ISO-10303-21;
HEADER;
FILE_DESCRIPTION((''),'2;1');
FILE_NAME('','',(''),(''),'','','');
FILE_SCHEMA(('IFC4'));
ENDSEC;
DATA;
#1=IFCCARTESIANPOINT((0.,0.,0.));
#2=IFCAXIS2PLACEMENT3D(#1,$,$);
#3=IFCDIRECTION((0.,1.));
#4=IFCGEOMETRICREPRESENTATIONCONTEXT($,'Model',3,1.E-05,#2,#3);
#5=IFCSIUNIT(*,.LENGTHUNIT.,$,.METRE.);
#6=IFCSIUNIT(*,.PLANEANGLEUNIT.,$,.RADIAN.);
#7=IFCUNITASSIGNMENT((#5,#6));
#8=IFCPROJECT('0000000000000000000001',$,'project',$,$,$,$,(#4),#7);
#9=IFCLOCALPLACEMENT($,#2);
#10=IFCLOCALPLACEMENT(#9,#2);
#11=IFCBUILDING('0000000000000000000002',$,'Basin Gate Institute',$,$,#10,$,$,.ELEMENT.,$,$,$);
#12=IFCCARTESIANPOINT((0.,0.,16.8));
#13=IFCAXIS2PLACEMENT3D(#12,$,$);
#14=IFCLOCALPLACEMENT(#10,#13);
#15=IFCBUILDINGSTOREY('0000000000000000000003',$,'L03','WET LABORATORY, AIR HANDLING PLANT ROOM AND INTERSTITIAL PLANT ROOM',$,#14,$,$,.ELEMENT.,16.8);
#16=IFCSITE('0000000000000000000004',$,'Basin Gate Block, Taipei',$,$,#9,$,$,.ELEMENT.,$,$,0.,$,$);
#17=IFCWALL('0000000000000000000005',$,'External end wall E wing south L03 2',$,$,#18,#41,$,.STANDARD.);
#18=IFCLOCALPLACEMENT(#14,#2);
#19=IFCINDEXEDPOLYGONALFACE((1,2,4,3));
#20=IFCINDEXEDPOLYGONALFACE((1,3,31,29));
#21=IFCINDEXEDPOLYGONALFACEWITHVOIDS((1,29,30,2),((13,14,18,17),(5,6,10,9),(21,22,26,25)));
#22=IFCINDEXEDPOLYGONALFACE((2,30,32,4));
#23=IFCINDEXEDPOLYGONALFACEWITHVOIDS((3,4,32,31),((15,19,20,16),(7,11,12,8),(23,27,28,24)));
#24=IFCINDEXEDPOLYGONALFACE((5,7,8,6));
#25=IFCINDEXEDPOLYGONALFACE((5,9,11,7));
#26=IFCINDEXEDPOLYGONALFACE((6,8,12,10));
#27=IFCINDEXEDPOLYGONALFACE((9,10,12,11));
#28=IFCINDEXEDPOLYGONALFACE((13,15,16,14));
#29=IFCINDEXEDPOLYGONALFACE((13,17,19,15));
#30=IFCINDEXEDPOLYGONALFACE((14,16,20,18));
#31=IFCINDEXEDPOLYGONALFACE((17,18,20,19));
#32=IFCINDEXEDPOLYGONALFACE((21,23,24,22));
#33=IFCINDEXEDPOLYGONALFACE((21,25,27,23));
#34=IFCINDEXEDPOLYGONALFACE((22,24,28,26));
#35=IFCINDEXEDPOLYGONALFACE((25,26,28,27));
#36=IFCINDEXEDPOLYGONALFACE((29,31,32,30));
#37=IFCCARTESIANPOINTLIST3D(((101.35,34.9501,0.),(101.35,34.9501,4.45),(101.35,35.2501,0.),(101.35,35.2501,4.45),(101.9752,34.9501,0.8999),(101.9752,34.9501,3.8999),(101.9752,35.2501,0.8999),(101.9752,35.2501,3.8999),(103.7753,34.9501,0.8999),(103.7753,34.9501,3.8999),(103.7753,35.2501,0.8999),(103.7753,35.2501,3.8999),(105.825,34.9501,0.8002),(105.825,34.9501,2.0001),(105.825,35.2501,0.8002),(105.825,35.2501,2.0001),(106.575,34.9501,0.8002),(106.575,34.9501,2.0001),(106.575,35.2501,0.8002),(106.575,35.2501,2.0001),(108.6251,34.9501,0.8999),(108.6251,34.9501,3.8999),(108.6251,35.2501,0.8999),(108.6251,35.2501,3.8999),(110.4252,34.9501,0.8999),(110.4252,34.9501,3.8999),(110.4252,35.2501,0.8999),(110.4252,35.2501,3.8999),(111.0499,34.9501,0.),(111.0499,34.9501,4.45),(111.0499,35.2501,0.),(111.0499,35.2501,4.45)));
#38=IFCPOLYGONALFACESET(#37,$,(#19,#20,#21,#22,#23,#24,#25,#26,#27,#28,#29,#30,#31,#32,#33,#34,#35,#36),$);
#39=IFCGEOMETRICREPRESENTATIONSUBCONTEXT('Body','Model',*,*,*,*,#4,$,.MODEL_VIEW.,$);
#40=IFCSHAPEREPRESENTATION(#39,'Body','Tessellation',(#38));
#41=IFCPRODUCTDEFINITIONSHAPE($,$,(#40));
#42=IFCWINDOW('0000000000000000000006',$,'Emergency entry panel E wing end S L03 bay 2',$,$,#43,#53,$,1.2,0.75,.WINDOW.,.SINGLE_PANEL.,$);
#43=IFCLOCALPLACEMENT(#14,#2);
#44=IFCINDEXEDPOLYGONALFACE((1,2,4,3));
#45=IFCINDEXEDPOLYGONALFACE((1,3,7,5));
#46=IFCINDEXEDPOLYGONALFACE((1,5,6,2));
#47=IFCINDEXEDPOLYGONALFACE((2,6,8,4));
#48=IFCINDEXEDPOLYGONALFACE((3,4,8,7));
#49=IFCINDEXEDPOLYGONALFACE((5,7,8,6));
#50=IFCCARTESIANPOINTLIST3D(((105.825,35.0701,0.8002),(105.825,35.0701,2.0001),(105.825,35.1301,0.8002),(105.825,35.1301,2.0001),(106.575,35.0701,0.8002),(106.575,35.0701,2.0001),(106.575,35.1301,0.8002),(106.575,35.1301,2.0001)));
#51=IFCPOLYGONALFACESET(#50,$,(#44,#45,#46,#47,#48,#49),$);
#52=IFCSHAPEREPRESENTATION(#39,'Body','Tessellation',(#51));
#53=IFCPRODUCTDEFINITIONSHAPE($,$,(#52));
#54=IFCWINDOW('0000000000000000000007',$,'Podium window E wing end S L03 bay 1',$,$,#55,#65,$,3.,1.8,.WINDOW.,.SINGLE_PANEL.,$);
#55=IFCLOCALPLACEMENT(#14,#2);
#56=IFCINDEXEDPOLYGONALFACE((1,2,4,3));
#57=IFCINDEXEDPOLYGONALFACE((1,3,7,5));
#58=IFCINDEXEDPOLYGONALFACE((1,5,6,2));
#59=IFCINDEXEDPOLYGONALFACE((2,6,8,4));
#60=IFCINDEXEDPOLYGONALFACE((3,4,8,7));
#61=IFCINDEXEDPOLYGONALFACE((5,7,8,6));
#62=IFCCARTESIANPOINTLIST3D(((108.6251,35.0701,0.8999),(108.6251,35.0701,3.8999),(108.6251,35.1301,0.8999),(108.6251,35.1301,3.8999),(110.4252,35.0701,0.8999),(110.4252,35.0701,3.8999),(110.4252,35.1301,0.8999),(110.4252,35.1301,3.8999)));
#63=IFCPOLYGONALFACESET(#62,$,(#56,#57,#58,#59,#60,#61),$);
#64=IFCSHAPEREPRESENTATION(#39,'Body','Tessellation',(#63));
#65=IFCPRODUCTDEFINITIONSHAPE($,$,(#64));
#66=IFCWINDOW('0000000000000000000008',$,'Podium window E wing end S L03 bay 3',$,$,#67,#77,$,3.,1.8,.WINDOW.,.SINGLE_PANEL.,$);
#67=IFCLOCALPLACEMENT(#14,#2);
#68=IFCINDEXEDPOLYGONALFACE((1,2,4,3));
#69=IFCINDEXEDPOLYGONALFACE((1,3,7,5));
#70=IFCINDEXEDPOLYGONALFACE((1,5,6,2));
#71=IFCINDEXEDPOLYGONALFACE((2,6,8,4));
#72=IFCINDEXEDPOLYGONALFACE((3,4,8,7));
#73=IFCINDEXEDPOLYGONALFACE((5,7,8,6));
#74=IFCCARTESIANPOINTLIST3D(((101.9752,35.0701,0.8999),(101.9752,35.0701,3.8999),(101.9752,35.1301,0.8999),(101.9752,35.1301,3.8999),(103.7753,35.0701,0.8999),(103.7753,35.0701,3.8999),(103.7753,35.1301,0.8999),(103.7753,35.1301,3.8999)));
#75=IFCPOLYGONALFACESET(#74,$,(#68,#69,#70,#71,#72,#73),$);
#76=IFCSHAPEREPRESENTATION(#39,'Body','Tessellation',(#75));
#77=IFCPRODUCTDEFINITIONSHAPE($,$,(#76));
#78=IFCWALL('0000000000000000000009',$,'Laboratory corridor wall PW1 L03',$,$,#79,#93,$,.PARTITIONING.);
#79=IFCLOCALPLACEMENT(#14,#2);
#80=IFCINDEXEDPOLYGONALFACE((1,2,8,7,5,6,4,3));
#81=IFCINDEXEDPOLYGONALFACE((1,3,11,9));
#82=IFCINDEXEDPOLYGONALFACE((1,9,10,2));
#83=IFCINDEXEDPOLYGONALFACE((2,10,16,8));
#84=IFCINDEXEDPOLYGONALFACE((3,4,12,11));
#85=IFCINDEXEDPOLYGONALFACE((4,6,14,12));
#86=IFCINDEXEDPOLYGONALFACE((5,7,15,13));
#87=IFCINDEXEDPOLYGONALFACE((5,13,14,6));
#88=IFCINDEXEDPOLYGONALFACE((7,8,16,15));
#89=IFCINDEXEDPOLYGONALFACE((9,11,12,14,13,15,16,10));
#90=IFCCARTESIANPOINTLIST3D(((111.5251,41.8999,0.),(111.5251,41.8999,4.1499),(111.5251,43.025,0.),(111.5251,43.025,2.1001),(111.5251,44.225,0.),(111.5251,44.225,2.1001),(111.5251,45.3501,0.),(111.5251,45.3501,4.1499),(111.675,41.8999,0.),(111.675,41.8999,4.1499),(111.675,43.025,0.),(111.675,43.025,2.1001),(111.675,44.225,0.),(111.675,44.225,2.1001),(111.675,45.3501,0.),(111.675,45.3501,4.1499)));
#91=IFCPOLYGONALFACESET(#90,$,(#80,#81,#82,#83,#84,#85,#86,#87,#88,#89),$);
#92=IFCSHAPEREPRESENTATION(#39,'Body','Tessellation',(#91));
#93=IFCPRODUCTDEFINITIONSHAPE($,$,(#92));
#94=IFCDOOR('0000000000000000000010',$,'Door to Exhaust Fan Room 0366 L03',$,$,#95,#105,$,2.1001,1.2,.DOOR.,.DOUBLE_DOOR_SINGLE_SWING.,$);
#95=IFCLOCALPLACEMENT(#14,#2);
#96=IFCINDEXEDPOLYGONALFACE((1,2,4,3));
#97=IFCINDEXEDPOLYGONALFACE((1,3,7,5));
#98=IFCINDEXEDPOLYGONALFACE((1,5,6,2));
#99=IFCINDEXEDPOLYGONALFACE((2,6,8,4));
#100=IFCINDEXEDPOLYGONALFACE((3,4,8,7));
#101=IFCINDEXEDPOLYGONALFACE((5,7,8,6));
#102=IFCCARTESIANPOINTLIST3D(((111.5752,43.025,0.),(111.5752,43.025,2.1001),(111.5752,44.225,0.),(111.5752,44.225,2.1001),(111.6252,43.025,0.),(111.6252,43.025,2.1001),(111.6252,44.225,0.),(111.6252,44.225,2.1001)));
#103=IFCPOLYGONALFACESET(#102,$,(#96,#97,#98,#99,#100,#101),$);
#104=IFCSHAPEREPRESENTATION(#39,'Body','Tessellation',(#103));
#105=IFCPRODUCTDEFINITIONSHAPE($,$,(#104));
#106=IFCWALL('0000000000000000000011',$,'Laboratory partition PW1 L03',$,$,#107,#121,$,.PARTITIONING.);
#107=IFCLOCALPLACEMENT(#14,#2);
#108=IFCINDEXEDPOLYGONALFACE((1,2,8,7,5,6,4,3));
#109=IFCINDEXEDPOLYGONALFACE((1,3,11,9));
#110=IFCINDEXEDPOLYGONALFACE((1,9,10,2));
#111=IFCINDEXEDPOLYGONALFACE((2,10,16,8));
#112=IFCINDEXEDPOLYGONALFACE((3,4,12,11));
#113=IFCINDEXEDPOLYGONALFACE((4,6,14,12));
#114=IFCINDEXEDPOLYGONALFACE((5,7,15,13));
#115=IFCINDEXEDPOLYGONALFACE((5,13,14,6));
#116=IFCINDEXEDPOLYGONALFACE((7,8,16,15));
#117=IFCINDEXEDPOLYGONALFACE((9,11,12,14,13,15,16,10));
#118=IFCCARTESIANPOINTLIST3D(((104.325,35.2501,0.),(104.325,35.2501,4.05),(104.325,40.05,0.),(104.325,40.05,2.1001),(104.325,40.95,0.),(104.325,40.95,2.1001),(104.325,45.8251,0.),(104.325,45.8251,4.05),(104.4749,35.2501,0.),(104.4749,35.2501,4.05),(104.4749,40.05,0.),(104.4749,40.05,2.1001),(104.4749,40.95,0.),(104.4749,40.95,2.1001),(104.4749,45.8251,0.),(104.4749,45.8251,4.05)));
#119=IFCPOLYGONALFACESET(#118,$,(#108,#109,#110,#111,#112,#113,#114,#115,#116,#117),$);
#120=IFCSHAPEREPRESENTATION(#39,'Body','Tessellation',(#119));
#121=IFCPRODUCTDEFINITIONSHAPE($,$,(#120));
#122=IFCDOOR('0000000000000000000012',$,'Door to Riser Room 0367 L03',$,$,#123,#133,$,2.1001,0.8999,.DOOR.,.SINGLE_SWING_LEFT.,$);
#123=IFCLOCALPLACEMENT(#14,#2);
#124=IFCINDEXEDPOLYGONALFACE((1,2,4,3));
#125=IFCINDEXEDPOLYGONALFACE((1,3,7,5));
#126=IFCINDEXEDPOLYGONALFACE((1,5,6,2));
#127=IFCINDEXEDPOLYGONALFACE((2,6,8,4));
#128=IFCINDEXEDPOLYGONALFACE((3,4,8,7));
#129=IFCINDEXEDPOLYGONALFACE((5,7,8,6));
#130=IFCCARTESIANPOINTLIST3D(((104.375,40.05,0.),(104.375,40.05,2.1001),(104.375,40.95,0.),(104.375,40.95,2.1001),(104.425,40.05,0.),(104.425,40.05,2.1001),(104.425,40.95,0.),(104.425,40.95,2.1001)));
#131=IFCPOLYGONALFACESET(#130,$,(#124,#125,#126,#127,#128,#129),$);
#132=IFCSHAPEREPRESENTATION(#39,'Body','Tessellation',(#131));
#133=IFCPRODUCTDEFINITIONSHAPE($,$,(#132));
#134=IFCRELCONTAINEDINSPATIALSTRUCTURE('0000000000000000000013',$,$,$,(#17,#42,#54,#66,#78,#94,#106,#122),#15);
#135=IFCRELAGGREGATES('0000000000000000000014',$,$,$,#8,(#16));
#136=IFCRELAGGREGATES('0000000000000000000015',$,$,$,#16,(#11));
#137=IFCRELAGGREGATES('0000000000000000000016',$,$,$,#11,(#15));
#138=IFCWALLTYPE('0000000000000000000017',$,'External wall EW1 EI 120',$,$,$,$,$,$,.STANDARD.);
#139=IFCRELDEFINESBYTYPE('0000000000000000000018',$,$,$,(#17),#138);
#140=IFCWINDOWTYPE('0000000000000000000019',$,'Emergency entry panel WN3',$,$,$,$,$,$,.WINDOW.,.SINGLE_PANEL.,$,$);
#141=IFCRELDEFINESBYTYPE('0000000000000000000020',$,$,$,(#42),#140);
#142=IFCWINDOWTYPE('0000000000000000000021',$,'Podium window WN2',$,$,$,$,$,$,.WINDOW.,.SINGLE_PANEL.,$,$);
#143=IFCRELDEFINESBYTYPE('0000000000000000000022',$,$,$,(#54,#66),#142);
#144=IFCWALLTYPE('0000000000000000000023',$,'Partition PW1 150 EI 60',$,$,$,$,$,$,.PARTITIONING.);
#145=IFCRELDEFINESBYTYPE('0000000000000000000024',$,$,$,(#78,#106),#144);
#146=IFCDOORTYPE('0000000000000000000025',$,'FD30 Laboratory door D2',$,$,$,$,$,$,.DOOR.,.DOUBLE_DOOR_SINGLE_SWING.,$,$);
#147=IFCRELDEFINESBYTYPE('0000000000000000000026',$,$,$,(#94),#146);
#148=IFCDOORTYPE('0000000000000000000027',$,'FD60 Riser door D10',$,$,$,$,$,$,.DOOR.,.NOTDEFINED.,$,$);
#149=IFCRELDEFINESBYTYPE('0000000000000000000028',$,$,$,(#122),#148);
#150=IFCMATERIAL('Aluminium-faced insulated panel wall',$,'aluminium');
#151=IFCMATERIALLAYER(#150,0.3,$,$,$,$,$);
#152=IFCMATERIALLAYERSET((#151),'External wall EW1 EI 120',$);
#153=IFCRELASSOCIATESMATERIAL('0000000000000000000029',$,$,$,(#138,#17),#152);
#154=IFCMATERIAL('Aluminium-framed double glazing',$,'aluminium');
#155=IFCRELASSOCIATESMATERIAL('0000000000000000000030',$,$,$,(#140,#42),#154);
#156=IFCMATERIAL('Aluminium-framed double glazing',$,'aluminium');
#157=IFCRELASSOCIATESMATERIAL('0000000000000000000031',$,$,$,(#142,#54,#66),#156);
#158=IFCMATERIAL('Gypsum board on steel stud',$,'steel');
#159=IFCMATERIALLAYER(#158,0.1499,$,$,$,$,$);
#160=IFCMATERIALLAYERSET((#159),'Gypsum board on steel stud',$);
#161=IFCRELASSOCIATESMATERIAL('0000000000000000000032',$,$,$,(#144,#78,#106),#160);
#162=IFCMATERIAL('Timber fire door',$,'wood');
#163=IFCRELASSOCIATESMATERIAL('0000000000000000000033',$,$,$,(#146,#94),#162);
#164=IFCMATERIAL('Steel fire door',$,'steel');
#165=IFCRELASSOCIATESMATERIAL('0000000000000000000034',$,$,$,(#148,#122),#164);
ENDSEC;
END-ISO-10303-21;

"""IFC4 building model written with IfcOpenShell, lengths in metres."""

from ifc_helpers import new_model, si_unit, direction, frame, frame_2d, origin, place, context, subcontext, project, spatial, rectangle, extrude, material, layer, layer_set, type_object, element, fill, save


model = new_model("IFC4")

# Units and contexts
model_context = context("Model", 3, precision=1e-05, world=origin(), true_north=direction((0.0, 1.0)))
body_context = subcontext(model_context, "Body", "Model", "MODEL_VIEW")
ifc_project = project(units=[si_unit("LENGTHUNIT", "METRE"), si_unit("PLANEANGLEUNIT", "RADIAN")], contexts=[model_context])

# Site, building, storey
site_placement = place(None, origin())
site = spatial("IfcSite", under=ifc_project, at=site_placement, Name="Basin Gate Block, Taipei", CompositionType="ELEMENT", RefElevation=0.0)
building_placement = place(site_placement, origin())
building = spatial("IfcBuilding", under=site, at=building_placement, Name="Basin Gate Institute", CompositionType="ELEMENT")
storey_placement = place(building_placement, frame((0.0, 0.0, 16.8)))
storey = spatial("IfcBuildingStorey", under=building, at=storey_placement, Name="L03", Description="WET LABORATORY, AIR HANDLING PLANT ROOM AND INTERSTITIAL PLANT ROOM", CompositionType="ELEMENT", Elevation=16.8)

# Wall, openings, windows
ifc_material_1 = material(Name="Aluminium-faced insulated panel wall", Category="aluminium")
ifc_layer_1 = layer(ifc_material_1, 0.3)
ifc_layer_set_1 = layer_set([ifc_layer_1], Name="External wall EW1 EI 120")
wall_type_1 = type_object("IfcWallType", Name="External wall EW1 EI 120", PredefinedType="STANDARD", material=ifc_layer_set_1)
wall_1_placement = place(storey_placement, frame((111.05, 35.1001, 0.0), z_axis=(0.0, 0.0, 1.0), x_axis=(-1.0, 0.0, 0.0)))
wall_1 = element("IfcWall", 1, at=wall_1_placement, inside=storey, type_object=wall_type_1, material=ifc_layer_set_1, Name="External end wall E wing south L03 2", PredefinedType="STANDARD", context=body_context, shape_type="SweptSolid", body=[
    extrude(rectangle(XDim=9.7, YDim=0.3, at=frame_2d((4.8501, 0.0))), origin(), (0.0, 0.0, 1.0), 4.45),
])
opening_1_placement = place(wall_1_placement, frame((0.625, 0.0, 0.8999)))
opening_1 = element("IfcOpeningElement", 2, at=opening_1_placement, cuts=wall_1, PredefinedType="OPENING", context=body_context, shape_type="SweptSolid", body=[
    extrude(rectangle(XDim=1.8, YDim=3.0, at=frame_2d((0.8999, 1.5))), frame((0.0, 0.1602, 0.0), z_axis=(0.0, -1.0, 0.0), x_axis=(1.0, 0.0, 0.0)), (0.0, 0.0, 1.0), 0.3201),
])
opening_2_placement = place(wall_1_placement, frame((4.4751, 0.0, 0.8)))
opening_2 = element("IfcOpeningElement", 3, at=opening_2_placement, cuts=wall_1, PredefinedType="OPENING", context=body_context, shape_type="SweptSolid", body=[
    extrude(rectangle(XDim=0.75, YDim=1.2, at=frame_2d((0.375, 0.6001))), frame((0.0, 0.1602, 0.0), z_axis=(0.0, -1.0, 0.0), x_axis=(1.0, 0.0, 0.0)), (0.0, 0.0, 1.0), 0.3201),
])
opening_3_placement = place(wall_1_placement, frame((7.2749, 0.0, 0.8999)))
opening_3 = element("IfcOpeningElement", 4, at=opening_3_placement, cuts=wall_1, PredefinedType="OPENING", context=body_context, shape_type="SweptSolid", body=[
    extrude(rectangle(XDim=1.8, YDim=3.0, at=frame_2d((0.8999, 1.5))), frame((0.0, 0.1602, 0.0), z_axis=(0.0, -1.0, 0.0), x_axis=(1.0, 0.0, 0.0)), (0.0, 0.0, 1.0), 0.3201),
])
ifc_material_2 = material(Name="Aluminium-framed double glazing", Category="aluminium")
window_type_1 = type_object("IfcWindowType", Name="Emergency entry panel WN3", PartitioningType="SINGLE_PANEL", PredefinedType="WINDOW", material=ifc_material_2)
window_1_placement = place(opening_2_placement, origin())
window_1 = element("IfcWindow", 5, at=window_1_placement, inside=storey, type_object=window_type_1, material=ifc_material_2, Name="Emergency entry panel E wing end S L03 bay 2", OverallHeight=1.2, OverallWidth=0.75, PartitioningType="SINGLE_PANEL", PredefinedType="WINDOW", context=body_context, shape_type="SweptSolid", body=[
    extrude(rectangle(XDim=0.75, YDim=1.2, at=frame_2d((0.375, 0.6001))), frame((0.0, 0.03, 0.0), z_axis=(0.0, -1.0, 0.0), x_axis=(1.0, 0.0, 0.0)), (0.0, 0.0, 1.0), 0.0601),
])
fill(opening_2, window_1)
ifc_material_3 = material(Name="Aluminium-framed double glazing", Category="aluminium")
window_type_2 = type_object("IfcWindowType", Name="Podium window WN2", PartitioningType="SINGLE_PANEL", PredefinedType="WINDOW", material=ifc_material_3)
window_2_placement = place(opening_1_placement, origin())
window_2 = element("IfcWindow", 6, at=window_2_placement, inside=storey, type_object=window_type_2, material=ifc_material_3, Name="Podium window E wing end S L03 bay 1", OverallHeight=3.0, OverallWidth=1.8, PartitioningType="SINGLE_PANEL", PredefinedType="WINDOW", context=body_context, shape_type="SweptSolid", body=[
    extrude(rectangle(XDim=1.8, YDim=3.0, at=frame_2d((0.8999, 1.5))), frame((0.0, 0.03, 0.0), z_axis=(0.0, -1.0, 0.0), x_axis=(1.0, 0.0, 0.0)), (0.0, 0.0, 1.0), 0.0601),
])
fill(opening_1, window_2)
window_3_placement = place(opening_3_placement, origin())
window_3 = element("IfcWindow", 7, at=window_3_placement, inside=storey, type_object=window_type_2, material=ifc_material_3, Name="Podium window E wing end S L03 bay 3", OverallHeight=3.0, OverallWidth=1.8, PartitioningType="SINGLE_PANEL", PredefinedType="WINDOW", context=body_context, shape_type="SweptSolid", body=[
    extrude(rectangle(XDim=1.8, YDim=3.0, at=frame_2d((0.8999, 1.5))), frame((0.0, 0.03, 0.0), z_axis=(0.0, -1.0, 0.0), x_axis=(1.0, 0.0, 0.0)), (0.0, 0.0, 1.0), 0.0601),
])
fill(opening_3, window_3)

# Walls, openings, doors
ifc_material_4 = material(Name="Gypsum board on steel stud", Category="steel")
ifc_layer_2 = layer(ifc_material_4, 0.1499)
ifc_layer_set_2 = layer_set([ifc_layer_2], Name="Gypsum board on steel stud")
wall_type_2 = type_object("IfcWallType", Name="Partition PW1 150 EI 60", PredefinedType="PARTITIONING", material=ifc_layer_set_2)
wall_2_placement = place(storey_placement, frame((111.6001, 41.8999, 0.0), z_axis=(0.0, 0.0, 1.0), x_axis=(0.0, 1.0, 0.0)))
wall_2 = element("IfcWall", 8, at=wall_2_placement, inside=storey, type_object=wall_type_2, material=ifc_layer_set_2, Name="Laboratory corridor wall PW1 L03", PredefinedType="PARTITIONING", context=body_context, shape_type="SweptSolid", body=[
    extrude(rectangle(XDim=3.4502, YDim=0.1499, at=frame_2d((1.7251, 0.0))), origin(), (0.0, 0.0, 1.0), 4.1499),
])
opening_4_placement = place(wall_2_placement, frame((1.125, 0.0, 0.0)))
opening_4 = element("IfcOpeningElement", 9, at=opening_4_placement, cuts=wall_2, PredefinedType="OPENING", context=body_context, shape_type="SweptSolid", body=[
    extrude(rectangle(XDim=1.2, YDim=2.1001, at=frame_2d((0.6001, 1.05))), frame((0.0, 0.085, 0.0), z_axis=(0.0, -1.0, 0.0), x_axis=(1.0, 0.0, 0.0)), (0.0, 0.0, 1.0), 0.1699),
])
ifc_material_5 = material(Name="Timber fire door", Category="wood")
door_type_1 = type_object("IfcDoorType", Name="FD30 Laboratory door D2", OperationType="DOUBLE_DOOR_SINGLE_SWING", PredefinedType="DOOR", material=ifc_material_5)
door_1_placement = place(opening_4_placement, origin())
door_1 = element("IfcDoor", 10, at=door_1_placement, inside=storey, type_object=door_type_1, material=ifc_material_5, Name="Door to Exhaust Fan Room 0366 L03", OperationType="DOUBLE_DOOR_SINGLE_SWING", OverallHeight=2.1001, OverallWidth=1.2, PredefinedType="DOOR", context=body_context, shape_type="SweptSolid", body=[
    extrude(rectangle(XDim=1.2, YDim=2.1001, at=frame_2d((0.6001, 1.05))), frame((0.0, 0.0249, 0.0), z_axis=(0.0, -1.0, 0.0), x_axis=(1.0, 0.0, 0.0)), (0.0, 0.0, 1.0), 0.05),
])
fill(opening_4, door_1)
wall_3_placement = place(storey_placement, frame((104.3999, 35.25, 0.0), z_axis=(0.0, 0.0, 1.0), x_axis=(0.0, 1.0, 0.0)))
wall_3 = element("IfcWall", 11, at=wall_3_placement, inside=storey, type_object=wall_type_2, material=ifc_layer_set_2, Name="Laboratory partition PW1 L03", PredefinedType="PARTITIONING", context=body_context, shape_type="SweptSolid", body=[
    extrude(rectangle(XDim=10.575, YDim=0.1499, at=frame_2d((5.2876, 0.0))), origin(), (0.0, 0.0, 1.0), 4.05),
])
opening_5_placement = place(wall_3_placement, frame((4.8, 0.0, 0.0)))
opening_5 = element("IfcOpeningElement", 12, at=opening_5_placement, cuts=wall_3, PredefinedType="OPENING", context=body_context, shape_type="SweptSolid", body=[
    extrude(rectangle(XDim=0.8999, YDim=2.1001, at=frame_2d((0.45, 1.05))), frame((0.0, 0.085, 0.0), z_axis=(0.0, -1.0, 0.0), x_axis=(1.0, 0.0, 0.0)), (0.0, 0.0, 1.0), 0.1699),
])
ifc_material_6 = material(Name="Steel fire door", Category="steel")
door_type_2 = type_object("IfcDoorType", Name="FD60 Riser door D10", OperationType="NOTDEFINED", PredefinedType="DOOR", material=ifc_material_6)
door_2_placement = place(opening_5_placement, origin())
door_2 = element("IfcDoor", 13, at=door_2_placement, inside=storey, type_object=door_type_2, material=ifc_material_6, Name="Door to Riser Room 0367 L03", OperationType="SINGLE_SWING_LEFT", OverallHeight=2.1001, OverallWidth=0.8999, PredefinedType="DOOR", context=body_context, shape_type="SweptSolid", body=[
    extrude(rectangle(XDim=0.8999, YDim=2.1001, at=frame_2d((0.45, 1.05))), frame((0.0, 0.0249, 0.0), z_axis=(0.0, -1.0, 0.0), x_axis=(1.0, 0.0, 0.0)), (0.0, 0.0, 1.0), 0.05),
])
fill(opening_5, door_2)

save(model, "model.ifc")
